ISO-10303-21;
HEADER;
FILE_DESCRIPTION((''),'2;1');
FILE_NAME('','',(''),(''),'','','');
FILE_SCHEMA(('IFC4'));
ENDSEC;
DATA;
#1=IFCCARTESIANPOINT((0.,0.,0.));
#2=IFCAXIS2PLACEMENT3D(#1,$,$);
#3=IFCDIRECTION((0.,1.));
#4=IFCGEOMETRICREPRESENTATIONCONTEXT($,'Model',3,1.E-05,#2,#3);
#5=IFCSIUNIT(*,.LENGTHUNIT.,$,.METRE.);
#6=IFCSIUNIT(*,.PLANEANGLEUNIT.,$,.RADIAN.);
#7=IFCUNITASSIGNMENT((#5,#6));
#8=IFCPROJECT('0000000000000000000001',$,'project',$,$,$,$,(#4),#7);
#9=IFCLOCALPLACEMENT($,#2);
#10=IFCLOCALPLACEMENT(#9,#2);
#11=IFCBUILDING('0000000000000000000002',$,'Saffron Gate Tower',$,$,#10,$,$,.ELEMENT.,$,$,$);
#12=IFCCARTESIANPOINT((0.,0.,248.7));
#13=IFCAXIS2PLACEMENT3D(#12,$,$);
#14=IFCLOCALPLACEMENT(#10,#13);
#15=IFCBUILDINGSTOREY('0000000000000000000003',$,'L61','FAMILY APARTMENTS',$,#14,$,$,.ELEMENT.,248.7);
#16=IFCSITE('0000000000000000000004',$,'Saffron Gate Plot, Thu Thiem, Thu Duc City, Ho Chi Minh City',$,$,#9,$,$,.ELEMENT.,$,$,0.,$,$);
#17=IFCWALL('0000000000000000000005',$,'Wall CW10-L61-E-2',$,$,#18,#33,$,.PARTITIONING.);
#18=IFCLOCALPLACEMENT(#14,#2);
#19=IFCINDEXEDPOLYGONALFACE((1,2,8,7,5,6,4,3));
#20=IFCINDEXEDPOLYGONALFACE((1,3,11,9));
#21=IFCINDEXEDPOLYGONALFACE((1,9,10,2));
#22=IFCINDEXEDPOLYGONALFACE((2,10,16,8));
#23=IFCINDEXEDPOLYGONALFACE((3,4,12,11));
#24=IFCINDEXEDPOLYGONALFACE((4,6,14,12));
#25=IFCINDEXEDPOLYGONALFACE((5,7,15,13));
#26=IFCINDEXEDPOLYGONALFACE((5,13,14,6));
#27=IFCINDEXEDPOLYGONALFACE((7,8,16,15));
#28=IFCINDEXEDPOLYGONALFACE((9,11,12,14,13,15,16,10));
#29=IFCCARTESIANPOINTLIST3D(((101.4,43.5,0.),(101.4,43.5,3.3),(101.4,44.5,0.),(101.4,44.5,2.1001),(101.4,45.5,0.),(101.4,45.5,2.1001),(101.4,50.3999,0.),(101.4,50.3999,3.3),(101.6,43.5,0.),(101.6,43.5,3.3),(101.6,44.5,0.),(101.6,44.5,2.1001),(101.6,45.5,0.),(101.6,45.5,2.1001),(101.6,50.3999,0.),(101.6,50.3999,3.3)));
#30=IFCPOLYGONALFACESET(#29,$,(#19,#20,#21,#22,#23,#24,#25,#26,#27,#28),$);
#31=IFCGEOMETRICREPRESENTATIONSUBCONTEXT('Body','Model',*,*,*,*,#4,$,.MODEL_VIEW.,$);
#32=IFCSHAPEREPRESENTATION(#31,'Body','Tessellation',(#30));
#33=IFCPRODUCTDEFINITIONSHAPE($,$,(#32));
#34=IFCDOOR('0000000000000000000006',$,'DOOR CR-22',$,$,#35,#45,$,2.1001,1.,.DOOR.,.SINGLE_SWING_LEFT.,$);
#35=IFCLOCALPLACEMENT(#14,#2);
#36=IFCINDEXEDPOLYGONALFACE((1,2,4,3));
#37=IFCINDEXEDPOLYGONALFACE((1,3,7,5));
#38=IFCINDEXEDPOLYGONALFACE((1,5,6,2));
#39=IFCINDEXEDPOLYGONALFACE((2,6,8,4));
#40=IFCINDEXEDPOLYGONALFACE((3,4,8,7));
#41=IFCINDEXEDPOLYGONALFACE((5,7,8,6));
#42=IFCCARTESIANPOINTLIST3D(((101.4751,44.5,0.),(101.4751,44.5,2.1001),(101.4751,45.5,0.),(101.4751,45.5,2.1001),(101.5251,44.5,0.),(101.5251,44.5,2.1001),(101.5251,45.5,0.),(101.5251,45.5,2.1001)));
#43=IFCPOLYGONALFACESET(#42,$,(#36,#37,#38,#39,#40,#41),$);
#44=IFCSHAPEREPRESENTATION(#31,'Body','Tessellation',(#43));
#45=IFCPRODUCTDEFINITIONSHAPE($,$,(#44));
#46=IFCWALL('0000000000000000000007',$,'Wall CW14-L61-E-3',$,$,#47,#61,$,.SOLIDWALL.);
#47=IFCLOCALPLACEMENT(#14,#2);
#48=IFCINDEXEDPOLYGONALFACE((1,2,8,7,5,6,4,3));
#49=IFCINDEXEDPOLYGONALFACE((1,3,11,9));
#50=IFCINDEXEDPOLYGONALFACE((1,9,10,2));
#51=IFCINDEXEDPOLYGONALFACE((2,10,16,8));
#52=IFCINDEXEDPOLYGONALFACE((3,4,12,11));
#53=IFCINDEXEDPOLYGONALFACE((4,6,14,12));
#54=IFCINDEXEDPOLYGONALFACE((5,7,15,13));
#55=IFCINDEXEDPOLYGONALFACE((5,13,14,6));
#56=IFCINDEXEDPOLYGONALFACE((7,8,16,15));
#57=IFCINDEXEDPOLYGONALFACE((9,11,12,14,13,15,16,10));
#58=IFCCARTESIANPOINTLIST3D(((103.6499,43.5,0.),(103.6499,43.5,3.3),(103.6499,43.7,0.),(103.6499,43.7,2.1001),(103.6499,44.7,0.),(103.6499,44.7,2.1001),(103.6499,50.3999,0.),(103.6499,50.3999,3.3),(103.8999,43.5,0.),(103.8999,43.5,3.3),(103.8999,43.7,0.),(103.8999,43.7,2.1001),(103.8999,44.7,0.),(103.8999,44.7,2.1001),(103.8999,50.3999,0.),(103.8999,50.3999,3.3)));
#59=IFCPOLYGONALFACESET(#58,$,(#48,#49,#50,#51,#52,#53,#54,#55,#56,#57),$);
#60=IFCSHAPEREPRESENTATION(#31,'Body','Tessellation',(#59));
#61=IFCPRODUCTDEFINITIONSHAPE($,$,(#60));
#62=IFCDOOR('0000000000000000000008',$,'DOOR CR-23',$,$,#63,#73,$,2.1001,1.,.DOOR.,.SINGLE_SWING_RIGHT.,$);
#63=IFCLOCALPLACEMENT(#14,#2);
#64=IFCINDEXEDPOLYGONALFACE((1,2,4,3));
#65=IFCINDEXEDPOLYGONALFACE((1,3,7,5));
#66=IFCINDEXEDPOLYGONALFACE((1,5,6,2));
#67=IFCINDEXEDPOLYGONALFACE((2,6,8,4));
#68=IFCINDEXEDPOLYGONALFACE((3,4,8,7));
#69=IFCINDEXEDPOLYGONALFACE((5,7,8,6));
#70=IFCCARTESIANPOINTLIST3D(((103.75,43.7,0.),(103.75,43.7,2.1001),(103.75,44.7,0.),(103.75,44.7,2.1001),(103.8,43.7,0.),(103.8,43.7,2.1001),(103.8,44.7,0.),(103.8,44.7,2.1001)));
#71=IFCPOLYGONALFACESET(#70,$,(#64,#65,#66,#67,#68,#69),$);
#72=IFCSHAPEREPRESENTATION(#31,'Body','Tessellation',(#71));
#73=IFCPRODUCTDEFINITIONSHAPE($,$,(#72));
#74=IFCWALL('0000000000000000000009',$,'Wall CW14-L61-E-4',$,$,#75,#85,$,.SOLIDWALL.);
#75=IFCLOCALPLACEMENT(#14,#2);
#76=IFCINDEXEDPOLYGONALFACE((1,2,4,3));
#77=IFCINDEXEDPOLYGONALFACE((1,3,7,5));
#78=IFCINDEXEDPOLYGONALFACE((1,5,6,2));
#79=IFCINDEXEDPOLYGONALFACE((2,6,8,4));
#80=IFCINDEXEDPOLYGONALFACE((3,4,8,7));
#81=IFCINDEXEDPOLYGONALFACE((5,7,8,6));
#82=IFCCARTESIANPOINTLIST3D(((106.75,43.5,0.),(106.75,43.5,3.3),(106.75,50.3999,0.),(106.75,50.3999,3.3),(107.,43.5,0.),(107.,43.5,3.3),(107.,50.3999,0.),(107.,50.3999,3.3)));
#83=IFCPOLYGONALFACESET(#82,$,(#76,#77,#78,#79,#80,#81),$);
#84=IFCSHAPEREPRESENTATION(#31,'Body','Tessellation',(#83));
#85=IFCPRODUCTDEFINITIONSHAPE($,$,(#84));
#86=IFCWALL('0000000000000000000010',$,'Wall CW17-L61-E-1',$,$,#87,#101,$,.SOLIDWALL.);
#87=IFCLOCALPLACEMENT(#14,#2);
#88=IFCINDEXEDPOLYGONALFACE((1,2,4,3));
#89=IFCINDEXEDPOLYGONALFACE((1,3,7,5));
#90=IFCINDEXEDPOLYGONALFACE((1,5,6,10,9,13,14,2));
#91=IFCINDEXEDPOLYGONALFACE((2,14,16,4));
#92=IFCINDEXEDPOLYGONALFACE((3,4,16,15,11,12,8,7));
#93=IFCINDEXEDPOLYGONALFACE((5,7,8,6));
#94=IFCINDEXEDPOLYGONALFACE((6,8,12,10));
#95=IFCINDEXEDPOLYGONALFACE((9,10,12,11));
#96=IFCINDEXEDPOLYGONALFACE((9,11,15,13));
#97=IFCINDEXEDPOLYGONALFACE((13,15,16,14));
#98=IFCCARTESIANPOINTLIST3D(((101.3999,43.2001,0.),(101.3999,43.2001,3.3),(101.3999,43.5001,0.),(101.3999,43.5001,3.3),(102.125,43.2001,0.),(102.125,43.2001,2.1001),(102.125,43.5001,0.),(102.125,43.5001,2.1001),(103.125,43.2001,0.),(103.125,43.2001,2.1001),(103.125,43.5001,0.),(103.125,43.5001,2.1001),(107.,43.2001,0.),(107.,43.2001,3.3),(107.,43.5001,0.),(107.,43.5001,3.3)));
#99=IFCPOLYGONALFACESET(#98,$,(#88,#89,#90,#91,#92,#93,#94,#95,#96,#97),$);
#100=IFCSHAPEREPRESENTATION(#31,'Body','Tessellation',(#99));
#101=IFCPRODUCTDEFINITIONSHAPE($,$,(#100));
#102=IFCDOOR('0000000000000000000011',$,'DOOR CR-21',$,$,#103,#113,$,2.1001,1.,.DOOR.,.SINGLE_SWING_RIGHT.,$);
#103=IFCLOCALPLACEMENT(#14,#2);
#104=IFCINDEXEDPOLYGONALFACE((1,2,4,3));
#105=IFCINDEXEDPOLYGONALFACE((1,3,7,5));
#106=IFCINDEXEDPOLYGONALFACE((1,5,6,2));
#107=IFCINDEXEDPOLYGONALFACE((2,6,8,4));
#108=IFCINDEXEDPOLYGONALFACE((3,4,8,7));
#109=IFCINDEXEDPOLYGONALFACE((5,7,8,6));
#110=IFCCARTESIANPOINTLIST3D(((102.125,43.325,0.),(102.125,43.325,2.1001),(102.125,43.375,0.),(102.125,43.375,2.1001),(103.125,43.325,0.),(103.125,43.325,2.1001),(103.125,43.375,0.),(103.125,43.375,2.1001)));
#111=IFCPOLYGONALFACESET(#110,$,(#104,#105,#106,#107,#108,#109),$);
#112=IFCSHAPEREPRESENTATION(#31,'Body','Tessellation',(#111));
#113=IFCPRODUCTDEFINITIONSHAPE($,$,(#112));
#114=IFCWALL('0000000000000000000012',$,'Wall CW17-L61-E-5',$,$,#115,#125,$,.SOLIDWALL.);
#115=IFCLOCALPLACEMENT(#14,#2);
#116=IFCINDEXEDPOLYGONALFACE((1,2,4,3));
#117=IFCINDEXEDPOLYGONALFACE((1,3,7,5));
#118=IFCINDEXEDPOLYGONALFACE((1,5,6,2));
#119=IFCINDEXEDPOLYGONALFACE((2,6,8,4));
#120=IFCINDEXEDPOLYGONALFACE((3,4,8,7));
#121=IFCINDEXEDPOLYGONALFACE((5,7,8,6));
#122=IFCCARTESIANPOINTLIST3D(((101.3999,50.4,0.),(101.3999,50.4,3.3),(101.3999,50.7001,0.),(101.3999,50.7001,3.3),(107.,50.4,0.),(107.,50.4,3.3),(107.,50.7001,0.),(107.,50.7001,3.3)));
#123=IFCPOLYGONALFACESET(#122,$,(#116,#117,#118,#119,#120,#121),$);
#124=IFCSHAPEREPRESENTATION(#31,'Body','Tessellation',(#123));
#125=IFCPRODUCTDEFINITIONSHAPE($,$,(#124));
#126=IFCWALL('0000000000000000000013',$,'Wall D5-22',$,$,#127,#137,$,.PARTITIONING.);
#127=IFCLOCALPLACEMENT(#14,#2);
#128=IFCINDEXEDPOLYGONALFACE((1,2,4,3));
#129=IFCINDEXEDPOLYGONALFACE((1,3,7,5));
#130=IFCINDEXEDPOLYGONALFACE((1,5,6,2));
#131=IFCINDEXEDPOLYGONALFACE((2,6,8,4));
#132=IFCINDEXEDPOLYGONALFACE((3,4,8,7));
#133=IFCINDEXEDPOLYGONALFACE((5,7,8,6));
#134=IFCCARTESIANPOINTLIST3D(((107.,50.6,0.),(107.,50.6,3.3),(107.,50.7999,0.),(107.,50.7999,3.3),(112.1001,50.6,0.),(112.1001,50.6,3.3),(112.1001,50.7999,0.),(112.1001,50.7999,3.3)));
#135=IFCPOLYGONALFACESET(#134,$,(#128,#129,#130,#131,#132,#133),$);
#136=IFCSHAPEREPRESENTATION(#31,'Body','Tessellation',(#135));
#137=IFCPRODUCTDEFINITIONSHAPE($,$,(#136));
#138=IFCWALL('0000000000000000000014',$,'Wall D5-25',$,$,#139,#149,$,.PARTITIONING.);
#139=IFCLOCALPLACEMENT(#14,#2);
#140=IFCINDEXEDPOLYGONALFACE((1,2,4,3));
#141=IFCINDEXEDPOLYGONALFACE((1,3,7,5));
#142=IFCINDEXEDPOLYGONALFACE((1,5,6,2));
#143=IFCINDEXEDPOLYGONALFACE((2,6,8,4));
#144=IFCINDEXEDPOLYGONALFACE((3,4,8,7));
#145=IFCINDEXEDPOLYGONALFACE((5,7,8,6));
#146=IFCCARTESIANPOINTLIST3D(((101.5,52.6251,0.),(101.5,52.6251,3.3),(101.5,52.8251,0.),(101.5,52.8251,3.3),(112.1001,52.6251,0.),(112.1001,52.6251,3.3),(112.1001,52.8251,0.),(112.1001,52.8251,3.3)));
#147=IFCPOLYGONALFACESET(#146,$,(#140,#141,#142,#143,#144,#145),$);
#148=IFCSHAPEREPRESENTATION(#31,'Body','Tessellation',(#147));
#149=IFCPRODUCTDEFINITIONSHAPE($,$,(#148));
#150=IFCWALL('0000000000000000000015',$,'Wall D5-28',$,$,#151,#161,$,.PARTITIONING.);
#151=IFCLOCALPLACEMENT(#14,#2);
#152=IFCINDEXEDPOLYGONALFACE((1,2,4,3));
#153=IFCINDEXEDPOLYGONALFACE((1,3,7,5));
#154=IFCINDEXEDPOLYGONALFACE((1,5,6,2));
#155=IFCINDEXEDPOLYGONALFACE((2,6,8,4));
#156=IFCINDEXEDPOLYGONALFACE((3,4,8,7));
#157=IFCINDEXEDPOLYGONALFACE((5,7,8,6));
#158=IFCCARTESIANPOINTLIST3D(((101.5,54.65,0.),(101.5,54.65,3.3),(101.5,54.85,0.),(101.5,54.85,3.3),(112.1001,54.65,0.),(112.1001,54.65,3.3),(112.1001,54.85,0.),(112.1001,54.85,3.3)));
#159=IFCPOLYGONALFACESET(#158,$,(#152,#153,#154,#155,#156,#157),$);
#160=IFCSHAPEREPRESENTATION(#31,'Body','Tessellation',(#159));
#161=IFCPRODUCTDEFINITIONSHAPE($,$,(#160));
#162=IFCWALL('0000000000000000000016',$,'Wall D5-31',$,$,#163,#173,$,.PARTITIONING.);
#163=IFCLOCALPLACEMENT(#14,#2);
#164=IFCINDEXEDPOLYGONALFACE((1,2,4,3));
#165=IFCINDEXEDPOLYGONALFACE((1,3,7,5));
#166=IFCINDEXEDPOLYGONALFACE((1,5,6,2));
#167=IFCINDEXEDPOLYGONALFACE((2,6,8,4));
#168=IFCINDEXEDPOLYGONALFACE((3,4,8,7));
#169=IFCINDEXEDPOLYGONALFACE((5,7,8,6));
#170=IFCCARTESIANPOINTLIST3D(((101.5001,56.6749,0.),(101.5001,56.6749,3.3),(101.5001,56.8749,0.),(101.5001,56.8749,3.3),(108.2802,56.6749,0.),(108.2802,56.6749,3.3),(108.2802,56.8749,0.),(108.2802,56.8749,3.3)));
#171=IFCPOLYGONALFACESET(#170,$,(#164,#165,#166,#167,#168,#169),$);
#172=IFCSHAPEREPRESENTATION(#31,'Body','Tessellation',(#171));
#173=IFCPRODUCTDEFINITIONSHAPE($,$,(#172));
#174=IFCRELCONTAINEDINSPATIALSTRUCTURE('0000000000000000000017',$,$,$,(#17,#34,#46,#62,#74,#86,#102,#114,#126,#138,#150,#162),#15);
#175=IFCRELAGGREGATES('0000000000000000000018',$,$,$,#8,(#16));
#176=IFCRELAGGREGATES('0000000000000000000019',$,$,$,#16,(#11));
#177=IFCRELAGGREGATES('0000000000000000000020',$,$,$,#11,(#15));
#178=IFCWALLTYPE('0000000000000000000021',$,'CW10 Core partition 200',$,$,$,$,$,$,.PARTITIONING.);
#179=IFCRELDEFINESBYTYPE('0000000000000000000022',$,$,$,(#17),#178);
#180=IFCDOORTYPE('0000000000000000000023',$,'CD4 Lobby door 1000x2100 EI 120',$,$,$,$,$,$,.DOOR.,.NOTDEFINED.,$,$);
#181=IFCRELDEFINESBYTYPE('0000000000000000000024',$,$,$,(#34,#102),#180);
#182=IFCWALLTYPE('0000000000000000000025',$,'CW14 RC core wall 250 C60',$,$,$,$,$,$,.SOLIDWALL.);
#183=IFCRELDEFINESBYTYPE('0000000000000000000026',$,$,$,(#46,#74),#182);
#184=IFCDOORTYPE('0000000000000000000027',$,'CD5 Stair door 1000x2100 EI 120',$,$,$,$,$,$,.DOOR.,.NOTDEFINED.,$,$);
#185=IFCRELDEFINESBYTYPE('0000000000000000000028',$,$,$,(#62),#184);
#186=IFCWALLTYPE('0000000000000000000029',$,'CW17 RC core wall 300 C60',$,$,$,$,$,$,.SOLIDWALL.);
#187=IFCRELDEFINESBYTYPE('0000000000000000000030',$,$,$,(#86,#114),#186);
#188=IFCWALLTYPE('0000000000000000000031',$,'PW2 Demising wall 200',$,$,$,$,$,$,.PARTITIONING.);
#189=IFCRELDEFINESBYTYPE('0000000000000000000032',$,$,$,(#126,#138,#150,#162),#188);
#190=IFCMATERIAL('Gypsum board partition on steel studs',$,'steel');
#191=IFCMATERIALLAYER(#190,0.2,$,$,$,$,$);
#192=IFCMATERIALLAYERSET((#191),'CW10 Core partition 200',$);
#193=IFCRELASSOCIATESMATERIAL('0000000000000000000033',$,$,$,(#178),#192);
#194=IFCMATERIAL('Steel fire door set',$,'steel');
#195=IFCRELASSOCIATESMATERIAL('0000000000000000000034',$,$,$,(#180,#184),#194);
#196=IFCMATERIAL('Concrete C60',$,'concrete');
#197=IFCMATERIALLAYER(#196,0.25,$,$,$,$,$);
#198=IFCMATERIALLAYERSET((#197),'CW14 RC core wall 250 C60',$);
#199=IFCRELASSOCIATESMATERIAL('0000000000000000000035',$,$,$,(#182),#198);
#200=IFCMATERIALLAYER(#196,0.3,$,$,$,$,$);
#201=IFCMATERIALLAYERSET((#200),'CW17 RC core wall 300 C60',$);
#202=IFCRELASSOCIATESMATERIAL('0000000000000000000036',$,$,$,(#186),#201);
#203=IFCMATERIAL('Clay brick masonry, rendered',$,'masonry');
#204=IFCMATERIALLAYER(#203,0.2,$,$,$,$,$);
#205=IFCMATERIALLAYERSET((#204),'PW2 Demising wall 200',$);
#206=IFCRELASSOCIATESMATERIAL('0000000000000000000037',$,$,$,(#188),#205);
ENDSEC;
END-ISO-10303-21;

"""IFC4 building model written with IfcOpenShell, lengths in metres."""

from ifc_helpers import new_model, si_unit, direction, frame, frame_2d, origin, place, context, subcontext, project, spatial, rectangle, extrude, material, layer, layer_set, type_object, element, fill, save


model = new_model("IFC4")

# Units and contexts
model_context = context("Model", 3, precision=1e-05, world=origin(), true_north=direction((0.0, 1.0)))
body_context = subcontext(model_context, "Body", "Model", "MODEL_VIEW")
ifc_project = project(units=[si_unit("LENGTHUNIT", "METRE"), si_unit("PLANEANGLEUNIT", "RADIAN")], contexts=[model_context])

# Site, building, storey
site_placement = place(None, origin())
site = spatial("IfcSite", under=ifc_project, at=site_placement, Name="Saffron Gate Plot, Thu Thiem, Thu Duc City, Ho Chi Minh City", CompositionType="ELEMENT", RefElevation=0.0)
building_placement = place(site_placement, origin())
building = spatial("IfcBuilding", under=site, at=building_placement, Name="Saffron Gate Tower", CompositionType="ELEMENT")
storey_placement = place(building_placement, frame((0.0, 0.0, 248.7)))
storey = spatial("IfcBuildingStorey", under=building, at=storey_placement, Name="L61", Description="FAMILY APARTMENTS", CompositionType="ELEMENT", Elevation=248.7)

# Walls, openings, doors
ifc_material_1 = material(Name="Gypsum board partition on steel studs", Category="steel")
ifc_layer_1 = layer(ifc_material_1, 0.2)
ifc_layer_set_1 = layer_set([ifc_layer_1], Name="CW10 Core partition 200")
wall_type_1 = type_object("IfcWallType", Name="CW10 Core partition 200", PredefinedType="PARTITIONING", material=ifc_layer_set_1)
wall_1_placement = place(storey_placement, frame((101.5, 43.5, 0.0), z_axis=(0.0, 0.0, 1.0), x_axis=(0.0, 1.0, 0.0)))
wall_1 = element("IfcWall", 1, at=wall_1_placement, inside=storey, type_object=wall_type_1, Name="Wall CW10-L61-E-2", PredefinedType="PARTITIONING", context=body_context, shape_type="SweptSolid", body=[
    extrude(rectangle(XDim=6.8999, YDim=0.2, at=frame_2d((3.45, 0.0))), origin(), (0.0, 0.0, 1.0), 3.3),
])
opening_1_placement = place(wall_1_placement, frame((1.0, 0.0, 0.0)))
opening_1 = element("IfcOpeningElement", 2, at=opening_1_placement, cuts=wall_1, PredefinedType="OPENING", context=body_context, shape_type="SweptSolid", body=[
    extrude(rectangle(XDim=1.0, YDim=2.1001, at=frame_2d((0.5, 1.05))), frame((0.0, 0.1099, 0.0), z_axis=(0.0, -1.0, 0.0), x_axis=(1.0, 0.0, 0.0)), (0.0, 0.0, 1.0), 0.22),
])
ifc_material_2 = material(Name="Steel fire door set", Category="steel")
door_type_1 = type_object("IfcDoorType", Name="CD4 Lobby door 1000x2100 EI 120", OperationType="NOTDEFINED", PredefinedType="DOOR", material=ifc_material_2)
door_1_placement = place(opening_1_placement, origin())
door_1 = element("IfcDoor", 3, at=door_1_placement, inside=storey, type_object=door_type_1, Name="DOOR CR-22", OperationType="SINGLE_SWING_LEFT", OverallHeight=2.1001, OverallWidth=1.0, PredefinedType="DOOR", context=body_context, shape_type="SweptSolid", body=[
    extrude(rectangle(XDim=1.0, YDim=2.1001, at=frame_2d((0.5, 1.05))), frame((0.0, 0.0249, 0.0), z_axis=(0.0, -1.0, 0.0), x_axis=(1.0, 0.0, 0.0)), (0.0, 0.0, 1.0), 0.05),
])
fill(opening_1, door_1)
ifc_material_3 = material(Name="Concrete C60", Category="concrete")
ifc_layer_2 = layer(ifc_material_3, 0.25)
ifc_layer_set_2 = layer_set([ifc_layer_2], Name="CW14 RC core wall 250 C60")
wall_type_2 = type_object("IfcWallType", Name="CW14 RC core wall 250 C60", PredefinedType="SOLIDWALL", material=ifc_layer_set_2)
wall_2_placement = place(storey_placement, frame((103.7749, 43.5, 0.0), z_axis=(0.0, 0.0, 1.0), x_axis=(0.0, 1.0, 0.0)))
wall_2 = element("IfcWall", 4, at=wall_2_placement, inside=storey, type_object=wall_type_2, Name="Wall CW14-L61-E-3", PredefinedType="SOLIDWALL", context=body_context, shape_type="SweptSolid", body=[
    extrude(rectangle(XDim=6.8999, YDim=0.25, at=frame_2d((3.45, 0.0))), origin(), (0.0, 0.0, 1.0), 3.3),
])
opening_2_placement = place(wall_2_placement, frame((0.2, 0.0, 0.0)))
opening_2 = element("IfcOpeningElement", 5, at=opening_2_placement, cuts=wall_2, PredefinedType="OPENING", context=body_context, shape_type="SweptSolid", body=[
    extrude(rectangle(XDim=1.0, YDim=2.1001, at=frame_2d((0.5, 1.05))), frame((0.0, 0.135, 0.0), z_axis=(0.0, -1.0, 0.0), x_axis=(1.0, 0.0, 0.0)), (0.0, 0.0, 1.0), 0.27),
])
door_type_2 = type_object("IfcDoorType", Name="CD5 Stair door 1000x2100 EI 120", OperationType="NOTDEFINED", PredefinedType="DOOR", material=ifc_material_2)
door_2_placement = place(opening_2_placement, origin())
door_2 = element("IfcDoor", 6, at=door_2_placement, inside=storey, type_object=door_type_2, Name="DOOR CR-23", OperationType="SINGLE_SWING_RIGHT", OverallHeight=2.1001, OverallWidth=1.0, PredefinedType="DOOR", context=body_context, shape_type="SweptSolid", body=[
    extrude(rectangle(XDim=1.0, YDim=2.1001, at=frame_2d((0.5, 1.05))), frame((0.0, 0.0249, 0.0), z_axis=(0.0, -1.0, 0.0), x_axis=(1.0, 0.0, 0.0)), (0.0, 0.0, 1.0), 0.05),
])
fill(opening_2, door_2)

# Wall
wall_3_placement = place(storey_placement, frame((106.875, 43.5, 0.0), z_axis=(0.0, 0.0, 1.0), x_axis=(0.0, 1.0, 0.0)))
element("IfcWall", 7, at=wall_3_placement, inside=storey, type_object=wall_type_2, Name="Wall CW14-L61-E-4", PredefinedType="SOLIDWALL", context=body_context, shape_type="SweptSolid", body=[
    extrude(rectangle(XDim=6.8999, YDim=0.25, at=frame_2d((3.45, 0.0))), origin(), (0.0, 0.0, 1.0), 3.3),
])

# Wall, opening, door
ifc_layer_3 = layer(ifc_material_3, 0.3)
ifc_layer_set_3 = layer_set([ifc_layer_3], Name="CW17 RC core wall 300 C60")
wall_type_3 = type_object("IfcWallType", Name="CW17 RC core wall 300 C60", PredefinedType="SOLIDWALL", material=ifc_layer_set_3)
wall_4_placement = place(storey_placement, frame((101.3999, 43.3501, 0.0), z_axis=(0.0, 0.0, 1.0), x_axis=(1.0, 0.0, 0.0)))
wall_4 = element("IfcWall", 8, at=wall_4_placement, inside=storey, type_object=wall_type_3, Name="Wall CW17-L61-E-1", PredefinedType="SOLIDWALL", context=body_context, shape_type="SweptSolid", body=[
    extrude(rectangle(XDim=5.6001, YDim=0.3, at=frame_2d((2.8, 0.0))), origin(), (0.0, 0.0, 1.0), 3.3),
])
opening_3_placement = place(wall_4_placement, frame((0.7251, 0.0, 0.0)))
opening_3 = element("IfcOpeningElement", 9, at=opening_3_placement, cuts=wall_4, PredefinedType="OPENING", context=body_context, shape_type="SweptSolid", body=[
    extrude(rectangle(XDim=1.0, YDim=2.1001, at=frame_2d((0.5, 1.05))), frame((0.0, 0.1602, 0.0), z_axis=(0.0, -1.0, 0.0), x_axis=(1.0, 0.0, 0.0)), (0.0, 0.0, 1.0), 0.3201),
])
door_3_placement = place(opening_3_placement, origin())
door_3 = element("IfcDoor", 10, at=door_3_placement, inside=storey, type_object=door_type_1, Name="DOOR CR-21", OperationType="SINGLE_SWING_RIGHT", OverallHeight=2.1001, OverallWidth=1.0, PredefinedType="DOOR", context=body_context, shape_type="SweptSolid", body=[
    extrude(rectangle(XDim=1.0, YDim=2.1001, at=frame_2d((0.5, 1.05))), frame((0.0, 0.0249, 0.0), z_axis=(0.0, -1.0, 0.0), x_axis=(1.0, 0.0, 0.0)), (0.0, 0.0, 1.0), 0.05),
])
fill(opening_3, door_3)

# Walls
wall_5_placement = place(storey_placement, frame((101.3999, 50.55, 0.0), z_axis=(0.0, 0.0, 1.0), x_axis=(1.0, 0.0, 0.0)))
element("IfcWall", 11, at=wall_5_placement, inside=storey, type_object=wall_type_3, Name="Wall CW17-L61-E-5", PredefinedType="SOLIDWALL", context=body_context, shape_type="SweptSolid", body=[
    extrude(rectangle(XDim=5.6001, YDim=0.3, at=frame_2d((2.8, 0.0))), origin(), (0.0, 0.0, 1.0), 3.3),
])
ifc_material_4 = material(Name="Clay brick masonry, rendered", Category="masonry")
ifc_layer_4 = layer(ifc_material_4, 0.2)
ifc_layer_set_4 = layer_set([ifc_layer_4], Name="PW2 Demising wall 200")
wall_type_4 = type_object("IfcWallType", Name="PW2 Demising wall 200", PredefinedType="PARTITIONING", material=ifc_layer_set_4)
wall_6_placement = place(storey_placement, frame((107.0, 50.7, 0.0), z_axis=(0.0, 0.0, 1.0), x_axis=(1.0, 0.0, 0.0)))
element("IfcWall", 12, at=wall_6_placement, inside=storey, type_object=wall_type_4, Name="Wall D5-22", PredefinedType="PARTITIONING", context=body_context, shape_type="SweptSolid", body=[
    extrude(rectangle(XDim=5.1001, YDim=0.2, at=frame_2d((2.55, 0.0))), origin(), (0.0, 0.0, 1.0), 3.3),
])
for number, where, z_axis, x_axis, name in (
    (13, (101.5, 52.7251, 0.0), (0.0, 0.0, 1.0), (1.0, 0.0, 0.0), "Wall D5-25"),
    (14, (101.5, 54.75, 0.0), (0.0, 0.0, 1.0), (1.0, 0.0, 0.0), "Wall D5-28"),
):
    element("IfcWall", number, at=place(storey_placement, frame(where, z_axis=z_axis, x_axis=x_axis)), inside=storey, type_object=wall_type_4, Name=name, PredefinedType="PARTITIONING", context=body_context, shape_type="SweptSolid", body=[
        extrude(rectangle(XDim=10.6001, YDim=0.2, at=frame_2d((5.3, 0.0))), origin(), (0.0, 0.0, 1.0), 3.3),
    ])
wall_7_placement = place(storey_placement, frame((101.5, 56.7749, 0.0), z_axis=(0.0, 0.0, 1.0), x_axis=(1.0, 0.0, 0.0)))
element("IfcWall", 15, at=wall_7_placement, inside=storey, type_object=wall_type_4, Name="Wall D5-31", PredefinedType="PARTITIONING", context=body_context, shape_type="SweptSolid", body=[
    extrude(rectangle(XDim=6.78, YDim=0.2, at=frame_2d((3.3901, 0.0))), origin(), (0.0, 0.0, 1.0), 3.3),
])

save(model, "model.ifc")
